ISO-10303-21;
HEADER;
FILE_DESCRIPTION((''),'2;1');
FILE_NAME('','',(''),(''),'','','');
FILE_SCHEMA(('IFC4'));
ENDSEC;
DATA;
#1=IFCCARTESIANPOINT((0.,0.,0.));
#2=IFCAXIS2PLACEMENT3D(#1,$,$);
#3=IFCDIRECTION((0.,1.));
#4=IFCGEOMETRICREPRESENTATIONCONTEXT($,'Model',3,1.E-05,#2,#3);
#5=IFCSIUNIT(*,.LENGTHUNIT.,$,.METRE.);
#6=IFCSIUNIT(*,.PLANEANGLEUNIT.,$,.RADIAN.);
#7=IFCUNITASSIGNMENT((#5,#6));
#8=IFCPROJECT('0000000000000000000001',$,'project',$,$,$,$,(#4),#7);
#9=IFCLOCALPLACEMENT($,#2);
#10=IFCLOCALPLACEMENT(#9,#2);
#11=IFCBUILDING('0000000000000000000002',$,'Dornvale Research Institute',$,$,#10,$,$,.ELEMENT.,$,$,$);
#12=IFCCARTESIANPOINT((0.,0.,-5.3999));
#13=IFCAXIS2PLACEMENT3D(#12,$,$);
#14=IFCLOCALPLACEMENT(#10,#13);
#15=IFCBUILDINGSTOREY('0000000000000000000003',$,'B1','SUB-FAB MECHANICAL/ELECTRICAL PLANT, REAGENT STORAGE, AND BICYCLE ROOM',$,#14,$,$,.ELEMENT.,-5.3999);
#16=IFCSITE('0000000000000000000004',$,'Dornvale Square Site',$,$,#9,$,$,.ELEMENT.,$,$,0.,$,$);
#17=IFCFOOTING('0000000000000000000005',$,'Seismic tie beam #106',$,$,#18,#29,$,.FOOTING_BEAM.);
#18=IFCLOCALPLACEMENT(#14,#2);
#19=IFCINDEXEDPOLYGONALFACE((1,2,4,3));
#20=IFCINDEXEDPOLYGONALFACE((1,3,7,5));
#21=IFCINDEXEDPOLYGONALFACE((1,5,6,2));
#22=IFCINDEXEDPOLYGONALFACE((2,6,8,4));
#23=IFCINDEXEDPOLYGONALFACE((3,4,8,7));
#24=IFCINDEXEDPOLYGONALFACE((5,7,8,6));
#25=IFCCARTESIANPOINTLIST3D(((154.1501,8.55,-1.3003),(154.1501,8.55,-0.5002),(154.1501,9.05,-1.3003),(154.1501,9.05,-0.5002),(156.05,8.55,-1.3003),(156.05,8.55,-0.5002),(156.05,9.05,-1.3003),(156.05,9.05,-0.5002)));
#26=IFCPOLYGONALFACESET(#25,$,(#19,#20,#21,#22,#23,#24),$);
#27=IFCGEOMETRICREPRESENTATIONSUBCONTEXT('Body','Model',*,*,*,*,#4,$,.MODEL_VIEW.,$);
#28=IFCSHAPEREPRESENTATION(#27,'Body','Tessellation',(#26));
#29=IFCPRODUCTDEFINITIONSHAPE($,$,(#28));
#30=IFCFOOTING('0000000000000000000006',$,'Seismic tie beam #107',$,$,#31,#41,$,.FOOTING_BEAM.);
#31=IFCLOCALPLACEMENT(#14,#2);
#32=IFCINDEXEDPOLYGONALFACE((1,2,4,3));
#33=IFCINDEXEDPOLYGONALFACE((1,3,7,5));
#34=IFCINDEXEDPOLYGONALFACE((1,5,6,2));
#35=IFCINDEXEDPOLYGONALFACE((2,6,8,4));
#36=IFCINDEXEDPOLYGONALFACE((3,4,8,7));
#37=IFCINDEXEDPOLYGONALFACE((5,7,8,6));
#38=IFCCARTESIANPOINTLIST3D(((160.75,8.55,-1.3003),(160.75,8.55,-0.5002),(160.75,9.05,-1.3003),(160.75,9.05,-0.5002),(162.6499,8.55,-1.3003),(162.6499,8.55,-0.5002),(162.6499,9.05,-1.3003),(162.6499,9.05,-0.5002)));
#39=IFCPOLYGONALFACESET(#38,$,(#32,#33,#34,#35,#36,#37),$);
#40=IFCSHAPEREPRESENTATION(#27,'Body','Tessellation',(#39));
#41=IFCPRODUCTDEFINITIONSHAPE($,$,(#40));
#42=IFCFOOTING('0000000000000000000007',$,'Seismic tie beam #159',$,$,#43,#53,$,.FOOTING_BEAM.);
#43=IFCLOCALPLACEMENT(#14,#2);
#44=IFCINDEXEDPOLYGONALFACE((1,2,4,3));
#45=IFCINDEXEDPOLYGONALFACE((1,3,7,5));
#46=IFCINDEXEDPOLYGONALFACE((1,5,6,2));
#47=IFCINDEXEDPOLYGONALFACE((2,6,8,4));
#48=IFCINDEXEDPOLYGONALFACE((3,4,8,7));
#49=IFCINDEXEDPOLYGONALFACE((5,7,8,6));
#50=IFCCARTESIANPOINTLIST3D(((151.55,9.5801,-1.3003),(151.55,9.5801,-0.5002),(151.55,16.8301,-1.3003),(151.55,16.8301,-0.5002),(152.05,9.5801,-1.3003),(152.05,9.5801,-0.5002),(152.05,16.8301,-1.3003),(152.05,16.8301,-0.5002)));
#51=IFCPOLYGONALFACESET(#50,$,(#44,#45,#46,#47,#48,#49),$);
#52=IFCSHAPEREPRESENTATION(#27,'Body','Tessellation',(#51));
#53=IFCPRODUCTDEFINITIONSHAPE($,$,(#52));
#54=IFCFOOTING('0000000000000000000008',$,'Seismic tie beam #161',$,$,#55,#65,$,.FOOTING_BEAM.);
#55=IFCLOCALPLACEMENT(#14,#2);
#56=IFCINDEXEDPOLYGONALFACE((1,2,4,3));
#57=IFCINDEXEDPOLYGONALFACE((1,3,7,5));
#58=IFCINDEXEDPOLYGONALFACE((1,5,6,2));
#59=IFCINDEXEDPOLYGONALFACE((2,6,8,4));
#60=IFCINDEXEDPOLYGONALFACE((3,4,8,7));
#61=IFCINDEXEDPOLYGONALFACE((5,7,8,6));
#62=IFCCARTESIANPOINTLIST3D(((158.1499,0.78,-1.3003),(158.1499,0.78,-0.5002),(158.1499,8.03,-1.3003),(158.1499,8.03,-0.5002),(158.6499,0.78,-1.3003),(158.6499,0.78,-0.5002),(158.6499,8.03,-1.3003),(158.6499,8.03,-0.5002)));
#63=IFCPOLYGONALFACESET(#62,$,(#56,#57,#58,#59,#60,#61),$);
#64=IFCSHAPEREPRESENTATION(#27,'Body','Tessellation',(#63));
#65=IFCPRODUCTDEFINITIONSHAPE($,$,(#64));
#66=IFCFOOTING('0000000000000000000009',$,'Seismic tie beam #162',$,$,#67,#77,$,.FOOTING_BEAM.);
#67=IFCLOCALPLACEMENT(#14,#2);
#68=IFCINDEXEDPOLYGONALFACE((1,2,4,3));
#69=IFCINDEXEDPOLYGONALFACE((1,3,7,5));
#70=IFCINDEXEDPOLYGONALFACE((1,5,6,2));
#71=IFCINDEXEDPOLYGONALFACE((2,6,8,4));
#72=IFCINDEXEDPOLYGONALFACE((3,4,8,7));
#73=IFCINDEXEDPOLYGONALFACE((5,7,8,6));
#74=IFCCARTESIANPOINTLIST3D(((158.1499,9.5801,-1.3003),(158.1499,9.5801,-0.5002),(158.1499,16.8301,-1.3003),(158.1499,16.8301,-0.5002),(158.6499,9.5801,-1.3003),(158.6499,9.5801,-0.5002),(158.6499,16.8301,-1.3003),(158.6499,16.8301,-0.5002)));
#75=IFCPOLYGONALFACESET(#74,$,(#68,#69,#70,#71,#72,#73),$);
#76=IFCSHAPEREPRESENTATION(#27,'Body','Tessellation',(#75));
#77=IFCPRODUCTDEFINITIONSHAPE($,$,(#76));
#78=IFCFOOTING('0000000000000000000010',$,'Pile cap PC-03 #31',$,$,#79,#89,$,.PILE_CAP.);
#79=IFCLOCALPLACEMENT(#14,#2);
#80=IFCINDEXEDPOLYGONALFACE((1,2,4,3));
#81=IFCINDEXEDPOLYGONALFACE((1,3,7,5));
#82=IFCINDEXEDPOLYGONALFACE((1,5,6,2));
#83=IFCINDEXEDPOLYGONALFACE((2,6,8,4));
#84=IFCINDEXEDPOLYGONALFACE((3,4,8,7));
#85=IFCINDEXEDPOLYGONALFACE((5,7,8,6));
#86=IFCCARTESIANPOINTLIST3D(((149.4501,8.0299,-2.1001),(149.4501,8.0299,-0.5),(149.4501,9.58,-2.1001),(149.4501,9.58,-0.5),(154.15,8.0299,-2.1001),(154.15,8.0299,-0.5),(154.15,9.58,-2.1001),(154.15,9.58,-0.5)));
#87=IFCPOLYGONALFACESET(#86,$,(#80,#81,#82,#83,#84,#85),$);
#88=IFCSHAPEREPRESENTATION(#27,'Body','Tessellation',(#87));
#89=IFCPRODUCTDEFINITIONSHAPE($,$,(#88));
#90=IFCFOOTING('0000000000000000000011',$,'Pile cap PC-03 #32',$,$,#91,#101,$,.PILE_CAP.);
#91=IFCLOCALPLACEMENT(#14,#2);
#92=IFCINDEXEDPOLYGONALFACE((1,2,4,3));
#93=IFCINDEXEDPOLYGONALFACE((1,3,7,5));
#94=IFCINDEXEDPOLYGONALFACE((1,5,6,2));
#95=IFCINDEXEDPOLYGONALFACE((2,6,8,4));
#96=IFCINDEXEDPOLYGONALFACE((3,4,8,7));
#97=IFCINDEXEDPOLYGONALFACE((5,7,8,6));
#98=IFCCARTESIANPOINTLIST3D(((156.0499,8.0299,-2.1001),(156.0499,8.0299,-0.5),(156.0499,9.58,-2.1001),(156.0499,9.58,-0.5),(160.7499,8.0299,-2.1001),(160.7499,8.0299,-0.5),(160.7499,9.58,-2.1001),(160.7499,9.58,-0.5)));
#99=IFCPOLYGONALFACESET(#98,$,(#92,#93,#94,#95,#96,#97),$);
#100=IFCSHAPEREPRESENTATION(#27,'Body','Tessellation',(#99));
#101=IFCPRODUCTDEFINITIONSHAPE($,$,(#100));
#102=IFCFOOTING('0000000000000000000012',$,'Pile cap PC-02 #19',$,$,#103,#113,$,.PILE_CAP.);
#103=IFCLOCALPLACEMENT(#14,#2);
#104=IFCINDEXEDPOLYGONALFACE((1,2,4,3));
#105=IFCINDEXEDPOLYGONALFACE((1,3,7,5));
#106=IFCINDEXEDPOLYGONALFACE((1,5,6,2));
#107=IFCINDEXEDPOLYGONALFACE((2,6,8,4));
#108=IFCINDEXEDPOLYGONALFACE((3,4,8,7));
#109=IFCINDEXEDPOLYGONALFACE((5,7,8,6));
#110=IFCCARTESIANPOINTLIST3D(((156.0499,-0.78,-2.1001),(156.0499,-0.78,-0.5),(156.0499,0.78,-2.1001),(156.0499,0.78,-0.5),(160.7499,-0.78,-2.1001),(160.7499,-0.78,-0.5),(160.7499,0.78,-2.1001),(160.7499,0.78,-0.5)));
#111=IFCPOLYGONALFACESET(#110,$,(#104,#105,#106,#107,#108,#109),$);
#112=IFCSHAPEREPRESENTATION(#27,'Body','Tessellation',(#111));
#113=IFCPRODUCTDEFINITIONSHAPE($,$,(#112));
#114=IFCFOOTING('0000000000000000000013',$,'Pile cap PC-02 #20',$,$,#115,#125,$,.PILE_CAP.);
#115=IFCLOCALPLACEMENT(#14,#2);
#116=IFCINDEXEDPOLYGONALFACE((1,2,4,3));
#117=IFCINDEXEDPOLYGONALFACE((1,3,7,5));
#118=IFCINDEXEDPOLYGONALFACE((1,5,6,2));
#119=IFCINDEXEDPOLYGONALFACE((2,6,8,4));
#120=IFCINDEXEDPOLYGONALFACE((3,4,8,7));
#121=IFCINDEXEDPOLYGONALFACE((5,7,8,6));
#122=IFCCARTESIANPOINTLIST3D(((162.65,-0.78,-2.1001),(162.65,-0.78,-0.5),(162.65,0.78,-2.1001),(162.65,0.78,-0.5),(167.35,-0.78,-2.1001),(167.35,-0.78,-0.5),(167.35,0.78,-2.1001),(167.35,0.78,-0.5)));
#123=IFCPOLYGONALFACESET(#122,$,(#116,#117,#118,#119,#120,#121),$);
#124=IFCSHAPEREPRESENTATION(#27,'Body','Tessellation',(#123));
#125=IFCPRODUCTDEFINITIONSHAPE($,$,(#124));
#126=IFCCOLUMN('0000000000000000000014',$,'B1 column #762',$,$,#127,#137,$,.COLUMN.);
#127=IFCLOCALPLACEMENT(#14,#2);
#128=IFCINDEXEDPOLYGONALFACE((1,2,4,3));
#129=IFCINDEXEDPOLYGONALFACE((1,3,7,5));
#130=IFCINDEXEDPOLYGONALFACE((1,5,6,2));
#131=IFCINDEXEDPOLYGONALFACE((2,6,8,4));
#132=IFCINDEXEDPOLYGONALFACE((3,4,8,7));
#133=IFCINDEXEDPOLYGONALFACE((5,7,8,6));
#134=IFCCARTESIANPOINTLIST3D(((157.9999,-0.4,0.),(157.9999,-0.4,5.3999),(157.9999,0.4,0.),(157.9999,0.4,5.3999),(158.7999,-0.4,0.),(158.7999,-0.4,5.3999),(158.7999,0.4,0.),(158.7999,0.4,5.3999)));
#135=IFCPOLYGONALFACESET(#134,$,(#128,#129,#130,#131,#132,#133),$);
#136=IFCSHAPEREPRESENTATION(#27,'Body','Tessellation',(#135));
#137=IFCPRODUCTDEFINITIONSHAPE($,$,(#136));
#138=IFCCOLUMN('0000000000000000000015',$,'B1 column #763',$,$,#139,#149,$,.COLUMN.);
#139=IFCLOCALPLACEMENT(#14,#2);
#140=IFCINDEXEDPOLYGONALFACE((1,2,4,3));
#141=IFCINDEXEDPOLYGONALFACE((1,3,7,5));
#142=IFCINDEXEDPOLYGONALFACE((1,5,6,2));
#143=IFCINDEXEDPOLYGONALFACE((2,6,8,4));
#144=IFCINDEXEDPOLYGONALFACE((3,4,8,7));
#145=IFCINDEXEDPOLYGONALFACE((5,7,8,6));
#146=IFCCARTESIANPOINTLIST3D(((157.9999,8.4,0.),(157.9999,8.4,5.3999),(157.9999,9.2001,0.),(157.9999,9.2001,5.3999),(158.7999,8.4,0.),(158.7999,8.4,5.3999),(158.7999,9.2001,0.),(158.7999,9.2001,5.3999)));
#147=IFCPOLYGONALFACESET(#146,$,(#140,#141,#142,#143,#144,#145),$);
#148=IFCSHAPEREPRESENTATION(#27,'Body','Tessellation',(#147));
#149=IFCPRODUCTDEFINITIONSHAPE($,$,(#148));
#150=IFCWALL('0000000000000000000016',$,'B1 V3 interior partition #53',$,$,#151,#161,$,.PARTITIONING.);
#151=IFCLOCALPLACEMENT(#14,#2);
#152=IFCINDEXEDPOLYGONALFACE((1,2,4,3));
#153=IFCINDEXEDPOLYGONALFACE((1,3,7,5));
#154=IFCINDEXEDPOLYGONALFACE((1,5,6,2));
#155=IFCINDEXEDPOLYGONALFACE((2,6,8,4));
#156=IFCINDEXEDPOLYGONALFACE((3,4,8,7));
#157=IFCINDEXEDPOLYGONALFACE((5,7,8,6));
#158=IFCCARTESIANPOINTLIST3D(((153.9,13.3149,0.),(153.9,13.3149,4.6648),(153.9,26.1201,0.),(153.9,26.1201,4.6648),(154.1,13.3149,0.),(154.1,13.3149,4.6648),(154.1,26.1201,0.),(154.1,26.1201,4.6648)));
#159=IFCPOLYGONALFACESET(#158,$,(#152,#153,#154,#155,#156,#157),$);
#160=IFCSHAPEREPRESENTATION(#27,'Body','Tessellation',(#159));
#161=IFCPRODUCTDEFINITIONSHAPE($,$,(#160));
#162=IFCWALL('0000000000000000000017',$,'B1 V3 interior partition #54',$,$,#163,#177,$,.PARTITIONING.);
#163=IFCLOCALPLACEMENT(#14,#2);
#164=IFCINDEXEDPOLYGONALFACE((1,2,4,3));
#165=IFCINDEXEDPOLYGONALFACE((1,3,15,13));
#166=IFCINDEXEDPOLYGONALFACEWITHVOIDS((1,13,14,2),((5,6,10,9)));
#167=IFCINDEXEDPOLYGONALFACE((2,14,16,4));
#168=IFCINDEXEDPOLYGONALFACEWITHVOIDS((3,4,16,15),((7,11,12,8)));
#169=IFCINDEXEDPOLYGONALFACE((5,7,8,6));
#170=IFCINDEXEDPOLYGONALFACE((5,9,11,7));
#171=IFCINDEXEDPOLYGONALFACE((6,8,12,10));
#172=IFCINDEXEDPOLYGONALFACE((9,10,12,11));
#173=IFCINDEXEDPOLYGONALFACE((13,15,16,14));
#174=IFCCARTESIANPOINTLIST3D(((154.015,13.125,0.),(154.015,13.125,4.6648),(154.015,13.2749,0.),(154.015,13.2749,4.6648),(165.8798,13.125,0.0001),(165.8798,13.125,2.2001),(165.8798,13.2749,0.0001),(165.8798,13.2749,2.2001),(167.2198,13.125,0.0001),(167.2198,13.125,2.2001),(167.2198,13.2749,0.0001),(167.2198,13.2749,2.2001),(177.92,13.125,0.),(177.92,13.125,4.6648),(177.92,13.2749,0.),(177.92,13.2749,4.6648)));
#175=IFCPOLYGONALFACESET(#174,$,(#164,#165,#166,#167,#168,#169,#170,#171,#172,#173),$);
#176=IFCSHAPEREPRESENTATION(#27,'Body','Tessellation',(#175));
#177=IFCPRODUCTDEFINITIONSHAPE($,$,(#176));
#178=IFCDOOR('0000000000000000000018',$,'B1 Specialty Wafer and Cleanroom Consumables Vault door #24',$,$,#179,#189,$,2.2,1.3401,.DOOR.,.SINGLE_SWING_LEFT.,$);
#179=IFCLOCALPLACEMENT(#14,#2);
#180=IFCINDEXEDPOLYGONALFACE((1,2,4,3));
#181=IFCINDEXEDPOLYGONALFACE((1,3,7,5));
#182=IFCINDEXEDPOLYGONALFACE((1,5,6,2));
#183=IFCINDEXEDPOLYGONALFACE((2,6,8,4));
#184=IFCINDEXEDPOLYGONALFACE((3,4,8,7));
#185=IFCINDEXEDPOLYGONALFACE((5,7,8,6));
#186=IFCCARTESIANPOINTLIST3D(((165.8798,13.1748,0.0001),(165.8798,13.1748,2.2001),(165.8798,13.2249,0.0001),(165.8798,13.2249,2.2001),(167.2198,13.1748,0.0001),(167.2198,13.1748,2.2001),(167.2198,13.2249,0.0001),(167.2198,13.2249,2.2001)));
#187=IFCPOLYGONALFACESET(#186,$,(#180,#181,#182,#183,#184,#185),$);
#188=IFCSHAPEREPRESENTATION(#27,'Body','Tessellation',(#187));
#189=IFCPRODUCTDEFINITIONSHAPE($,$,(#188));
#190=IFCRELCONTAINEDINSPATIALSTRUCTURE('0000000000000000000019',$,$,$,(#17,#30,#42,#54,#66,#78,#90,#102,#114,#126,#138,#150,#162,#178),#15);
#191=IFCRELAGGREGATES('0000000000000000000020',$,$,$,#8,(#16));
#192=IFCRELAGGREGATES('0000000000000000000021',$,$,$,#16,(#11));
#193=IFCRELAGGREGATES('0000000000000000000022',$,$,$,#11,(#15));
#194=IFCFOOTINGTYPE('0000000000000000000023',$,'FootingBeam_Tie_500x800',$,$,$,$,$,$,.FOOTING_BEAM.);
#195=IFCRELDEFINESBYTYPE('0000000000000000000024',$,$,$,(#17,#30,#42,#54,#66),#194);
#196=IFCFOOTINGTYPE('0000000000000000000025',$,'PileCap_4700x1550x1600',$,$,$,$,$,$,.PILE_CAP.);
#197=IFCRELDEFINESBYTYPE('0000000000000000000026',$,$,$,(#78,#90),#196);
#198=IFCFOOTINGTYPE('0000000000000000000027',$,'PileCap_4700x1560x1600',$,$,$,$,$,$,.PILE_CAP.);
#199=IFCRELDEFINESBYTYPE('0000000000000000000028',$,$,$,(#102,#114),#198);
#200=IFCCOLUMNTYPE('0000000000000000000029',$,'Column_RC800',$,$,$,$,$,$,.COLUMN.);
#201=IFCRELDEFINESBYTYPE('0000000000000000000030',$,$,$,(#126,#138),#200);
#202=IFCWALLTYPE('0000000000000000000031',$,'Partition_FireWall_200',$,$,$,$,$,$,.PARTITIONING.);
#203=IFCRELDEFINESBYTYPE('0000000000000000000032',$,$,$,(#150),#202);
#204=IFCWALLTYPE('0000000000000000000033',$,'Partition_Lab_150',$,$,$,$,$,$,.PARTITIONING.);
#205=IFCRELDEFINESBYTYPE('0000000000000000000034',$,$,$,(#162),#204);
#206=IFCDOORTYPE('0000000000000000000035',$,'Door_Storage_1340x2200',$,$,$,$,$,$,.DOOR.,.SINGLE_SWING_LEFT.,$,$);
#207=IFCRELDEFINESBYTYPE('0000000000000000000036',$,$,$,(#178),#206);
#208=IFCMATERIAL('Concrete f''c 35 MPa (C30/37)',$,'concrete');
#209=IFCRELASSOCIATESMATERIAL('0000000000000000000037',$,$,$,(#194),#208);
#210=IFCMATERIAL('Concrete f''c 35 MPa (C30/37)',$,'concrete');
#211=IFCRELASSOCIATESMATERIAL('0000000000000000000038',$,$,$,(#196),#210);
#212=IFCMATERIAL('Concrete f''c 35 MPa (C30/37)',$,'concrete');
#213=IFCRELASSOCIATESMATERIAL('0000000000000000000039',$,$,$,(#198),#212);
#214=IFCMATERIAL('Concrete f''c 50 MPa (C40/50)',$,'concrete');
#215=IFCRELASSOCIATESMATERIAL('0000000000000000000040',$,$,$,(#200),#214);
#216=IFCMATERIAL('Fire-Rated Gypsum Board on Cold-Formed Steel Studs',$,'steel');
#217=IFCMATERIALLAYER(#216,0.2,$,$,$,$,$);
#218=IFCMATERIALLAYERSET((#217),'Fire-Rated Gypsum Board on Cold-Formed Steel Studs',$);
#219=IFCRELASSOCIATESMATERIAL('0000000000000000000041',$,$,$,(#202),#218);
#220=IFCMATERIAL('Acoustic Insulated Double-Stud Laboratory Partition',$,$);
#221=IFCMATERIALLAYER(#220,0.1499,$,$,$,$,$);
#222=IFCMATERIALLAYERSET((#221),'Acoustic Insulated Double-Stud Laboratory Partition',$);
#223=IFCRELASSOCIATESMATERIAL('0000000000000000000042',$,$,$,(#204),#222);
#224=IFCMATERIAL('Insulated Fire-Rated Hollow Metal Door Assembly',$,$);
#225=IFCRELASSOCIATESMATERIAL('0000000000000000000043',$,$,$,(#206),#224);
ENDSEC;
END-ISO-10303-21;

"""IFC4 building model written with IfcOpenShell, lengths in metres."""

from ifc_helpers import new_model, si_unit, direction, frame, frame_2d, origin, origin_2d, place, context, subcontext, project, spatial, rectangle, extrude, material, layer, layer_set, material_profile, profile_set, type_object, element, fill, save


model = new_model("IFC4")

# Units and contexts
model_context = context("Model", 3, precision=1e-05, world=origin(), true_north=direction((0.0, 1.0)))
body_context = subcontext(model_context, "Body", "Model", "MODEL_VIEW")
ifc_project = project(units=[si_unit("LENGTHUNIT", "METRE"), si_unit("PLANEANGLEUNIT", "RADIAN")], contexts=[model_context])

# Site, building, storey
site_placement = place(None, origin())
site = spatial("IfcSite", under=ifc_project, at=site_placement, Name="Dornvale Square Site", CompositionType="ELEMENT", RefElevation=0.0)
building_placement = place(site_placement, origin())
building = spatial("IfcBuilding", under=site, at=building_placement, Name="Dornvale Research Institute", CompositionType="ELEMENT")
storey_placement = place(building_placement, frame((0.0, 0.0, -5.3999)))
storey = spatial("IfcBuildingStorey", under=building, at=storey_placement, Name="B1", Description="SUB-FAB MECHANICAL/ELECTRICAL PLANT, REAGENT STORAGE, AND BICYCLE ROOM", CompositionType="ELEMENT", Elevation=-5.3999)

# Footings
ifc_material_1 = material(Name="Concrete f'c 35 MPa (C30/37)", Category="concrete")
footing_type_1 = type_object("IfcFootingType", Name="FootingBeam_Tie_500x800", PredefinedType="FOOTING_BEAM", material=ifc_material_1)
for number, where, z_axis, x_axis, name in (
    (1, (155.1001, 8.8, -1.3003), (0.0, 0.0, 1.0), (1.0, 0.0, 0.0), "Seismic tie beam #106"),
    (2, (161.7, 8.8, -1.3003), (0.0, 0.0, 1.0), (1.0, 0.0, 0.0), "Seismic tie beam #107"),
):
    element("IfcFooting", number, at=place(storey_placement, frame(where, z_axis=z_axis, x_axis=x_axis)), inside=storey, type_object=footing_type_1, Name=name, PredefinedType="FOOTING_BEAM", context=body_context, shape_type="SweptSolid", body=[
        extrude(rectangle(XDim=1.8999, YDim=0.5, at=origin_2d()), origin(), (0.0, 0.0, 1.0), 0.8),
    ])
for number, where, z_axis, x_axis, name in (
    (3, (151.8, 13.2051, -1.3003), (0.0, 0.0, 1.0), (0.0, 1.0, 0.0), "Seismic tie beam #159"),
    (4, (158.3999, 4.405, -1.3003), (0.0, 0.0, 1.0), (0.0, 1.0, 0.0), "Seismic tie beam #161"),
    (5, (158.3999, 13.2051, -1.3003), (0.0, 0.0, 1.0), (0.0, 1.0, 0.0), "Seismic tie beam #162"),
):
    element("IfcFooting", number, at=place(storey_placement, frame(where, z_axis=z_axis, x_axis=x_axis)), inside=storey, type_object=footing_type_1, Name=name, PredefinedType="FOOTING_BEAM", context=body_context, shape_type="SweptSolid", body=[
        extrude(rectangle(XDim=7.25, YDim=0.5, at=origin_2d()), origin(), (0.0, 0.0, 1.0), 0.8),
    ])
ifc_material_2 = material(Name="Concrete f'c 35 MPa (C30/37)", Category="concrete")
footing_type_2 = type_object("IfcFootingType", Name="PileCap_4700x1550x1600", PredefinedType="PILE_CAP", material=ifc_material_2)
for number, where, z_axis, x_axis, name in (
    (6, (151.8, 8.8049, -2.1001), (0.0, 0.0, 1.0), (1.0, 0.0, 0.0), "Pile cap PC-03 #31"),
    (7, (158.3999, 8.8049, -2.1001), (0.0, 0.0, 1.0), (1.0, 0.0, 0.0), "Pile cap PC-03 #32"),
):
    element("IfcFooting", number, at=place(storey_placement, frame(where, z_axis=z_axis, x_axis=x_axis)), inside=storey, type_object=footing_type_2, Name=name, PredefinedType="PILE_CAP", context=body_context, shape_type="SweptSolid", body=[
        extrude(rectangle(XDim=4.7, YDim=1.55, at=origin_2d()), origin(), (0.0, 0.0, 1.0), 1.6001),
    ])
ifc_material_3 = material(Name="Concrete f'c 35 MPa (C30/37)", Category="concrete")
footing_type_3 = type_object("IfcFootingType", Name="PileCap_4700x1560x1600", PredefinedType="PILE_CAP", material=ifc_material_3)
for number, where, z_axis, x_axis, name in (
    (8, (158.3999, 0.0, -2.1001), (0.0, 0.0, 1.0), (1.0, 0.0, 0.0), "Pile cap PC-02 #19"),
    (9, (165.0, 0.0, -2.1001), (0.0, 0.0, 1.0), (1.0, 0.0, 0.0), "Pile cap PC-02 #20"),
):
    element("IfcFooting", number, at=place(storey_placement, frame(where, z_axis=z_axis, x_axis=x_axis)), inside=storey, type_object=footing_type_3, Name=name, PredefinedType="PILE_CAP", context=body_context, shape_type="SweptSolid", body=[
        extrude(rectangle(XDim=4.7, YDim=1.5601, at=origin_2d()), origin(), (0.0, 0.0, 1.0), 1.6001),
    ])

# Columns
ifc_material_4 = material(Name="Concrete f'c 50 MPa (C40/50)", Category="concrete")
ifc_material_profile_1 = material_profile(ifc_material_4, rectangle(XDim=0.8, YDim=0.8, at=origin_2d()), Name="RC 800x800")
ifc_profile_set_1 = profile_set([ifc_material_profile_1], Name="Concrete f'c 50 MPa (C40/50)")
column_type = type_object("IfcColumnType", Name="Column_RC800", PredefinedType="COLUMN", material=ifc_profile_set_1)
for number, where, z_axis, x_axis, name in (
    (10, (158.3999, 0.0, 0.0), (0.0, 0.0, 1.0), (1.0, 0.0, 0.0), "B1 column #762"),
    (11, (158.3999, 8.8, 0.0), (0.0, 0.0, 1.0), (1.0, 0.0, 0.0), "B1 column #763"),
):
    element("IfcColumn", number, at=place(storey_placement, frame(where, z_axis=z_axis, x_axis=x_axis)), inside=storey, type_object=column_type, Name=name, PredefinedType="COLUMN", context=body_context, shape_type="SweptSolid", body=[
        extrude(rectangle(XDim=0.8, YDim=0.8, at=origin_2d()), origin(), (0.0, 0.0, 1.0), 5.3999),
    ])

# Wall
ifc_material_5 = material(Name="Fire-Rated Gypsum Board on Cold-Formed Steel Studs", Category="steel")
ifc_layer_1 = layer(ifc_material_5, 0.2)
ifc_layer_set_1 = layer_set([ifc_layer_1], Name="Fire-Rated Gypsum Board on Cold-Formed Steel Studs")
wall_type_1 = type_object("IfcWallType", Name="Partition_FireWall_200", PredefinedType="PARTITIONING", material=ifc_layer_set_1)
wall_1_placement = place(storey_placement, frame((154.0, 13.3149, 0.0), z_axis=(0.0, 0.0, 1.0), x_axis=(0.0, 1.0, 0.0)))
element("IfcWall", 12, at=wall_1_placement, inside=storey, type_object=wall_type_1, Name="B1 V3 interior partition #53", PredefinedType="PARTITIONING", context=body_context, shape_type="SweptSolid", body=[
    extrude(rectangle(XDim=12.8052, YDim=0.2, at=frame_2d((6.4026, 0.0))), origin(), (0.0, 0.0, 1.0), 4.6648),
])

# Wall, opening, door
ifc_material_6 = material(Name="Acoustic Insulated Double-Stud Laboratory Partition")
ifc_layer_2 = layer(ifc_material_6, 0.1499)
ifc_layer_set_2 = layer_set([ifc_layer_2], Name="Acoustic Insulated Double-Stud Laboratory Partition")
wall_type_2 = type_object("IfcWallType", Name="Partition_Lab_150", PredefinedType="PARTITIONING", material=ifc_layer_set_2)
wall_2_placement = place(storey_placement, frame((154.0149, 13.2, 0.0), z_axis=(0.0, 0.0, 1.0), x_axis=(1.0, 0.0, 0.0)))
wall_2 = element("IfcWall", 13, at=wall_2_placement, inside=storey, type_object=wall_type_2, Name="B1 V3 interior partition #54", PredefinedType="PARTITIONING", context=body_context, shape_type="SweptSolid", body=[
    extrude(rectangle(XDim=23.905, YDim=0.1499, at=frame_2d((11.9526, 0.0))), origin(), (0.0, 0.0, 1.0), 4.6648),
])
opening_placement = place(wall_2_placement, frame((11.865, 0.0, 0.0)))
opening = element("IfcOpeningElement", 14, at=opening_placement, cuts=wall_2, PredefinedType="OPENING", context=body_context, shape_type="SweptSolid", body=[
    extrude(rectangle(XDim=1.3401, YDim=2.2, at=frame_2d((0.6699, 1.1001))), frame((0.0, 0.0898, 0.0), z_axis=(0.0, -1.0, 0.0), x_axis=(1.0, 0.0, 0.0)), (0.0, 0.0, 1.0), 0.1799),
])
ifc_material_7 = material(Name="Insulated Fire-Rated Hollow Metal Door Assembly")
door_type = type_object("IfcDoorType", Name="Door_Storage_1340x2200", OperationType="SINGLE_SWING_LEFT", PredefinedType="DOOR", material=ifc_material_7)
door_placement = place(opening_placement, origin())
door = element("IfcDoor", 15, at=door_placement, inside=storey, type_object=door_type, Name="B1 Specialty Wafer and Cleanroom Consumables Vault door #24", OperationType="SINGLE_SWING_LEFT", OverallHeight=2.2, OverallWidth=1.3401, PredefinedType="DOOR", context=body_context, shape_type="SweptSolid", body=[
    extrude(rectangle(XDim=1.3401, YDim=2.2, at=frame_2d((0.6699, 1.1001))), frame((0.0, 0.0249, 0.0), z_axis=(0.0, -1.0, 0.0), x_axis=(1.0, 0.0, 0.0)), (0.0, 0.0, 1.0), 0.05),
])
fill(opening, door)

save(model, "model.ifc")
